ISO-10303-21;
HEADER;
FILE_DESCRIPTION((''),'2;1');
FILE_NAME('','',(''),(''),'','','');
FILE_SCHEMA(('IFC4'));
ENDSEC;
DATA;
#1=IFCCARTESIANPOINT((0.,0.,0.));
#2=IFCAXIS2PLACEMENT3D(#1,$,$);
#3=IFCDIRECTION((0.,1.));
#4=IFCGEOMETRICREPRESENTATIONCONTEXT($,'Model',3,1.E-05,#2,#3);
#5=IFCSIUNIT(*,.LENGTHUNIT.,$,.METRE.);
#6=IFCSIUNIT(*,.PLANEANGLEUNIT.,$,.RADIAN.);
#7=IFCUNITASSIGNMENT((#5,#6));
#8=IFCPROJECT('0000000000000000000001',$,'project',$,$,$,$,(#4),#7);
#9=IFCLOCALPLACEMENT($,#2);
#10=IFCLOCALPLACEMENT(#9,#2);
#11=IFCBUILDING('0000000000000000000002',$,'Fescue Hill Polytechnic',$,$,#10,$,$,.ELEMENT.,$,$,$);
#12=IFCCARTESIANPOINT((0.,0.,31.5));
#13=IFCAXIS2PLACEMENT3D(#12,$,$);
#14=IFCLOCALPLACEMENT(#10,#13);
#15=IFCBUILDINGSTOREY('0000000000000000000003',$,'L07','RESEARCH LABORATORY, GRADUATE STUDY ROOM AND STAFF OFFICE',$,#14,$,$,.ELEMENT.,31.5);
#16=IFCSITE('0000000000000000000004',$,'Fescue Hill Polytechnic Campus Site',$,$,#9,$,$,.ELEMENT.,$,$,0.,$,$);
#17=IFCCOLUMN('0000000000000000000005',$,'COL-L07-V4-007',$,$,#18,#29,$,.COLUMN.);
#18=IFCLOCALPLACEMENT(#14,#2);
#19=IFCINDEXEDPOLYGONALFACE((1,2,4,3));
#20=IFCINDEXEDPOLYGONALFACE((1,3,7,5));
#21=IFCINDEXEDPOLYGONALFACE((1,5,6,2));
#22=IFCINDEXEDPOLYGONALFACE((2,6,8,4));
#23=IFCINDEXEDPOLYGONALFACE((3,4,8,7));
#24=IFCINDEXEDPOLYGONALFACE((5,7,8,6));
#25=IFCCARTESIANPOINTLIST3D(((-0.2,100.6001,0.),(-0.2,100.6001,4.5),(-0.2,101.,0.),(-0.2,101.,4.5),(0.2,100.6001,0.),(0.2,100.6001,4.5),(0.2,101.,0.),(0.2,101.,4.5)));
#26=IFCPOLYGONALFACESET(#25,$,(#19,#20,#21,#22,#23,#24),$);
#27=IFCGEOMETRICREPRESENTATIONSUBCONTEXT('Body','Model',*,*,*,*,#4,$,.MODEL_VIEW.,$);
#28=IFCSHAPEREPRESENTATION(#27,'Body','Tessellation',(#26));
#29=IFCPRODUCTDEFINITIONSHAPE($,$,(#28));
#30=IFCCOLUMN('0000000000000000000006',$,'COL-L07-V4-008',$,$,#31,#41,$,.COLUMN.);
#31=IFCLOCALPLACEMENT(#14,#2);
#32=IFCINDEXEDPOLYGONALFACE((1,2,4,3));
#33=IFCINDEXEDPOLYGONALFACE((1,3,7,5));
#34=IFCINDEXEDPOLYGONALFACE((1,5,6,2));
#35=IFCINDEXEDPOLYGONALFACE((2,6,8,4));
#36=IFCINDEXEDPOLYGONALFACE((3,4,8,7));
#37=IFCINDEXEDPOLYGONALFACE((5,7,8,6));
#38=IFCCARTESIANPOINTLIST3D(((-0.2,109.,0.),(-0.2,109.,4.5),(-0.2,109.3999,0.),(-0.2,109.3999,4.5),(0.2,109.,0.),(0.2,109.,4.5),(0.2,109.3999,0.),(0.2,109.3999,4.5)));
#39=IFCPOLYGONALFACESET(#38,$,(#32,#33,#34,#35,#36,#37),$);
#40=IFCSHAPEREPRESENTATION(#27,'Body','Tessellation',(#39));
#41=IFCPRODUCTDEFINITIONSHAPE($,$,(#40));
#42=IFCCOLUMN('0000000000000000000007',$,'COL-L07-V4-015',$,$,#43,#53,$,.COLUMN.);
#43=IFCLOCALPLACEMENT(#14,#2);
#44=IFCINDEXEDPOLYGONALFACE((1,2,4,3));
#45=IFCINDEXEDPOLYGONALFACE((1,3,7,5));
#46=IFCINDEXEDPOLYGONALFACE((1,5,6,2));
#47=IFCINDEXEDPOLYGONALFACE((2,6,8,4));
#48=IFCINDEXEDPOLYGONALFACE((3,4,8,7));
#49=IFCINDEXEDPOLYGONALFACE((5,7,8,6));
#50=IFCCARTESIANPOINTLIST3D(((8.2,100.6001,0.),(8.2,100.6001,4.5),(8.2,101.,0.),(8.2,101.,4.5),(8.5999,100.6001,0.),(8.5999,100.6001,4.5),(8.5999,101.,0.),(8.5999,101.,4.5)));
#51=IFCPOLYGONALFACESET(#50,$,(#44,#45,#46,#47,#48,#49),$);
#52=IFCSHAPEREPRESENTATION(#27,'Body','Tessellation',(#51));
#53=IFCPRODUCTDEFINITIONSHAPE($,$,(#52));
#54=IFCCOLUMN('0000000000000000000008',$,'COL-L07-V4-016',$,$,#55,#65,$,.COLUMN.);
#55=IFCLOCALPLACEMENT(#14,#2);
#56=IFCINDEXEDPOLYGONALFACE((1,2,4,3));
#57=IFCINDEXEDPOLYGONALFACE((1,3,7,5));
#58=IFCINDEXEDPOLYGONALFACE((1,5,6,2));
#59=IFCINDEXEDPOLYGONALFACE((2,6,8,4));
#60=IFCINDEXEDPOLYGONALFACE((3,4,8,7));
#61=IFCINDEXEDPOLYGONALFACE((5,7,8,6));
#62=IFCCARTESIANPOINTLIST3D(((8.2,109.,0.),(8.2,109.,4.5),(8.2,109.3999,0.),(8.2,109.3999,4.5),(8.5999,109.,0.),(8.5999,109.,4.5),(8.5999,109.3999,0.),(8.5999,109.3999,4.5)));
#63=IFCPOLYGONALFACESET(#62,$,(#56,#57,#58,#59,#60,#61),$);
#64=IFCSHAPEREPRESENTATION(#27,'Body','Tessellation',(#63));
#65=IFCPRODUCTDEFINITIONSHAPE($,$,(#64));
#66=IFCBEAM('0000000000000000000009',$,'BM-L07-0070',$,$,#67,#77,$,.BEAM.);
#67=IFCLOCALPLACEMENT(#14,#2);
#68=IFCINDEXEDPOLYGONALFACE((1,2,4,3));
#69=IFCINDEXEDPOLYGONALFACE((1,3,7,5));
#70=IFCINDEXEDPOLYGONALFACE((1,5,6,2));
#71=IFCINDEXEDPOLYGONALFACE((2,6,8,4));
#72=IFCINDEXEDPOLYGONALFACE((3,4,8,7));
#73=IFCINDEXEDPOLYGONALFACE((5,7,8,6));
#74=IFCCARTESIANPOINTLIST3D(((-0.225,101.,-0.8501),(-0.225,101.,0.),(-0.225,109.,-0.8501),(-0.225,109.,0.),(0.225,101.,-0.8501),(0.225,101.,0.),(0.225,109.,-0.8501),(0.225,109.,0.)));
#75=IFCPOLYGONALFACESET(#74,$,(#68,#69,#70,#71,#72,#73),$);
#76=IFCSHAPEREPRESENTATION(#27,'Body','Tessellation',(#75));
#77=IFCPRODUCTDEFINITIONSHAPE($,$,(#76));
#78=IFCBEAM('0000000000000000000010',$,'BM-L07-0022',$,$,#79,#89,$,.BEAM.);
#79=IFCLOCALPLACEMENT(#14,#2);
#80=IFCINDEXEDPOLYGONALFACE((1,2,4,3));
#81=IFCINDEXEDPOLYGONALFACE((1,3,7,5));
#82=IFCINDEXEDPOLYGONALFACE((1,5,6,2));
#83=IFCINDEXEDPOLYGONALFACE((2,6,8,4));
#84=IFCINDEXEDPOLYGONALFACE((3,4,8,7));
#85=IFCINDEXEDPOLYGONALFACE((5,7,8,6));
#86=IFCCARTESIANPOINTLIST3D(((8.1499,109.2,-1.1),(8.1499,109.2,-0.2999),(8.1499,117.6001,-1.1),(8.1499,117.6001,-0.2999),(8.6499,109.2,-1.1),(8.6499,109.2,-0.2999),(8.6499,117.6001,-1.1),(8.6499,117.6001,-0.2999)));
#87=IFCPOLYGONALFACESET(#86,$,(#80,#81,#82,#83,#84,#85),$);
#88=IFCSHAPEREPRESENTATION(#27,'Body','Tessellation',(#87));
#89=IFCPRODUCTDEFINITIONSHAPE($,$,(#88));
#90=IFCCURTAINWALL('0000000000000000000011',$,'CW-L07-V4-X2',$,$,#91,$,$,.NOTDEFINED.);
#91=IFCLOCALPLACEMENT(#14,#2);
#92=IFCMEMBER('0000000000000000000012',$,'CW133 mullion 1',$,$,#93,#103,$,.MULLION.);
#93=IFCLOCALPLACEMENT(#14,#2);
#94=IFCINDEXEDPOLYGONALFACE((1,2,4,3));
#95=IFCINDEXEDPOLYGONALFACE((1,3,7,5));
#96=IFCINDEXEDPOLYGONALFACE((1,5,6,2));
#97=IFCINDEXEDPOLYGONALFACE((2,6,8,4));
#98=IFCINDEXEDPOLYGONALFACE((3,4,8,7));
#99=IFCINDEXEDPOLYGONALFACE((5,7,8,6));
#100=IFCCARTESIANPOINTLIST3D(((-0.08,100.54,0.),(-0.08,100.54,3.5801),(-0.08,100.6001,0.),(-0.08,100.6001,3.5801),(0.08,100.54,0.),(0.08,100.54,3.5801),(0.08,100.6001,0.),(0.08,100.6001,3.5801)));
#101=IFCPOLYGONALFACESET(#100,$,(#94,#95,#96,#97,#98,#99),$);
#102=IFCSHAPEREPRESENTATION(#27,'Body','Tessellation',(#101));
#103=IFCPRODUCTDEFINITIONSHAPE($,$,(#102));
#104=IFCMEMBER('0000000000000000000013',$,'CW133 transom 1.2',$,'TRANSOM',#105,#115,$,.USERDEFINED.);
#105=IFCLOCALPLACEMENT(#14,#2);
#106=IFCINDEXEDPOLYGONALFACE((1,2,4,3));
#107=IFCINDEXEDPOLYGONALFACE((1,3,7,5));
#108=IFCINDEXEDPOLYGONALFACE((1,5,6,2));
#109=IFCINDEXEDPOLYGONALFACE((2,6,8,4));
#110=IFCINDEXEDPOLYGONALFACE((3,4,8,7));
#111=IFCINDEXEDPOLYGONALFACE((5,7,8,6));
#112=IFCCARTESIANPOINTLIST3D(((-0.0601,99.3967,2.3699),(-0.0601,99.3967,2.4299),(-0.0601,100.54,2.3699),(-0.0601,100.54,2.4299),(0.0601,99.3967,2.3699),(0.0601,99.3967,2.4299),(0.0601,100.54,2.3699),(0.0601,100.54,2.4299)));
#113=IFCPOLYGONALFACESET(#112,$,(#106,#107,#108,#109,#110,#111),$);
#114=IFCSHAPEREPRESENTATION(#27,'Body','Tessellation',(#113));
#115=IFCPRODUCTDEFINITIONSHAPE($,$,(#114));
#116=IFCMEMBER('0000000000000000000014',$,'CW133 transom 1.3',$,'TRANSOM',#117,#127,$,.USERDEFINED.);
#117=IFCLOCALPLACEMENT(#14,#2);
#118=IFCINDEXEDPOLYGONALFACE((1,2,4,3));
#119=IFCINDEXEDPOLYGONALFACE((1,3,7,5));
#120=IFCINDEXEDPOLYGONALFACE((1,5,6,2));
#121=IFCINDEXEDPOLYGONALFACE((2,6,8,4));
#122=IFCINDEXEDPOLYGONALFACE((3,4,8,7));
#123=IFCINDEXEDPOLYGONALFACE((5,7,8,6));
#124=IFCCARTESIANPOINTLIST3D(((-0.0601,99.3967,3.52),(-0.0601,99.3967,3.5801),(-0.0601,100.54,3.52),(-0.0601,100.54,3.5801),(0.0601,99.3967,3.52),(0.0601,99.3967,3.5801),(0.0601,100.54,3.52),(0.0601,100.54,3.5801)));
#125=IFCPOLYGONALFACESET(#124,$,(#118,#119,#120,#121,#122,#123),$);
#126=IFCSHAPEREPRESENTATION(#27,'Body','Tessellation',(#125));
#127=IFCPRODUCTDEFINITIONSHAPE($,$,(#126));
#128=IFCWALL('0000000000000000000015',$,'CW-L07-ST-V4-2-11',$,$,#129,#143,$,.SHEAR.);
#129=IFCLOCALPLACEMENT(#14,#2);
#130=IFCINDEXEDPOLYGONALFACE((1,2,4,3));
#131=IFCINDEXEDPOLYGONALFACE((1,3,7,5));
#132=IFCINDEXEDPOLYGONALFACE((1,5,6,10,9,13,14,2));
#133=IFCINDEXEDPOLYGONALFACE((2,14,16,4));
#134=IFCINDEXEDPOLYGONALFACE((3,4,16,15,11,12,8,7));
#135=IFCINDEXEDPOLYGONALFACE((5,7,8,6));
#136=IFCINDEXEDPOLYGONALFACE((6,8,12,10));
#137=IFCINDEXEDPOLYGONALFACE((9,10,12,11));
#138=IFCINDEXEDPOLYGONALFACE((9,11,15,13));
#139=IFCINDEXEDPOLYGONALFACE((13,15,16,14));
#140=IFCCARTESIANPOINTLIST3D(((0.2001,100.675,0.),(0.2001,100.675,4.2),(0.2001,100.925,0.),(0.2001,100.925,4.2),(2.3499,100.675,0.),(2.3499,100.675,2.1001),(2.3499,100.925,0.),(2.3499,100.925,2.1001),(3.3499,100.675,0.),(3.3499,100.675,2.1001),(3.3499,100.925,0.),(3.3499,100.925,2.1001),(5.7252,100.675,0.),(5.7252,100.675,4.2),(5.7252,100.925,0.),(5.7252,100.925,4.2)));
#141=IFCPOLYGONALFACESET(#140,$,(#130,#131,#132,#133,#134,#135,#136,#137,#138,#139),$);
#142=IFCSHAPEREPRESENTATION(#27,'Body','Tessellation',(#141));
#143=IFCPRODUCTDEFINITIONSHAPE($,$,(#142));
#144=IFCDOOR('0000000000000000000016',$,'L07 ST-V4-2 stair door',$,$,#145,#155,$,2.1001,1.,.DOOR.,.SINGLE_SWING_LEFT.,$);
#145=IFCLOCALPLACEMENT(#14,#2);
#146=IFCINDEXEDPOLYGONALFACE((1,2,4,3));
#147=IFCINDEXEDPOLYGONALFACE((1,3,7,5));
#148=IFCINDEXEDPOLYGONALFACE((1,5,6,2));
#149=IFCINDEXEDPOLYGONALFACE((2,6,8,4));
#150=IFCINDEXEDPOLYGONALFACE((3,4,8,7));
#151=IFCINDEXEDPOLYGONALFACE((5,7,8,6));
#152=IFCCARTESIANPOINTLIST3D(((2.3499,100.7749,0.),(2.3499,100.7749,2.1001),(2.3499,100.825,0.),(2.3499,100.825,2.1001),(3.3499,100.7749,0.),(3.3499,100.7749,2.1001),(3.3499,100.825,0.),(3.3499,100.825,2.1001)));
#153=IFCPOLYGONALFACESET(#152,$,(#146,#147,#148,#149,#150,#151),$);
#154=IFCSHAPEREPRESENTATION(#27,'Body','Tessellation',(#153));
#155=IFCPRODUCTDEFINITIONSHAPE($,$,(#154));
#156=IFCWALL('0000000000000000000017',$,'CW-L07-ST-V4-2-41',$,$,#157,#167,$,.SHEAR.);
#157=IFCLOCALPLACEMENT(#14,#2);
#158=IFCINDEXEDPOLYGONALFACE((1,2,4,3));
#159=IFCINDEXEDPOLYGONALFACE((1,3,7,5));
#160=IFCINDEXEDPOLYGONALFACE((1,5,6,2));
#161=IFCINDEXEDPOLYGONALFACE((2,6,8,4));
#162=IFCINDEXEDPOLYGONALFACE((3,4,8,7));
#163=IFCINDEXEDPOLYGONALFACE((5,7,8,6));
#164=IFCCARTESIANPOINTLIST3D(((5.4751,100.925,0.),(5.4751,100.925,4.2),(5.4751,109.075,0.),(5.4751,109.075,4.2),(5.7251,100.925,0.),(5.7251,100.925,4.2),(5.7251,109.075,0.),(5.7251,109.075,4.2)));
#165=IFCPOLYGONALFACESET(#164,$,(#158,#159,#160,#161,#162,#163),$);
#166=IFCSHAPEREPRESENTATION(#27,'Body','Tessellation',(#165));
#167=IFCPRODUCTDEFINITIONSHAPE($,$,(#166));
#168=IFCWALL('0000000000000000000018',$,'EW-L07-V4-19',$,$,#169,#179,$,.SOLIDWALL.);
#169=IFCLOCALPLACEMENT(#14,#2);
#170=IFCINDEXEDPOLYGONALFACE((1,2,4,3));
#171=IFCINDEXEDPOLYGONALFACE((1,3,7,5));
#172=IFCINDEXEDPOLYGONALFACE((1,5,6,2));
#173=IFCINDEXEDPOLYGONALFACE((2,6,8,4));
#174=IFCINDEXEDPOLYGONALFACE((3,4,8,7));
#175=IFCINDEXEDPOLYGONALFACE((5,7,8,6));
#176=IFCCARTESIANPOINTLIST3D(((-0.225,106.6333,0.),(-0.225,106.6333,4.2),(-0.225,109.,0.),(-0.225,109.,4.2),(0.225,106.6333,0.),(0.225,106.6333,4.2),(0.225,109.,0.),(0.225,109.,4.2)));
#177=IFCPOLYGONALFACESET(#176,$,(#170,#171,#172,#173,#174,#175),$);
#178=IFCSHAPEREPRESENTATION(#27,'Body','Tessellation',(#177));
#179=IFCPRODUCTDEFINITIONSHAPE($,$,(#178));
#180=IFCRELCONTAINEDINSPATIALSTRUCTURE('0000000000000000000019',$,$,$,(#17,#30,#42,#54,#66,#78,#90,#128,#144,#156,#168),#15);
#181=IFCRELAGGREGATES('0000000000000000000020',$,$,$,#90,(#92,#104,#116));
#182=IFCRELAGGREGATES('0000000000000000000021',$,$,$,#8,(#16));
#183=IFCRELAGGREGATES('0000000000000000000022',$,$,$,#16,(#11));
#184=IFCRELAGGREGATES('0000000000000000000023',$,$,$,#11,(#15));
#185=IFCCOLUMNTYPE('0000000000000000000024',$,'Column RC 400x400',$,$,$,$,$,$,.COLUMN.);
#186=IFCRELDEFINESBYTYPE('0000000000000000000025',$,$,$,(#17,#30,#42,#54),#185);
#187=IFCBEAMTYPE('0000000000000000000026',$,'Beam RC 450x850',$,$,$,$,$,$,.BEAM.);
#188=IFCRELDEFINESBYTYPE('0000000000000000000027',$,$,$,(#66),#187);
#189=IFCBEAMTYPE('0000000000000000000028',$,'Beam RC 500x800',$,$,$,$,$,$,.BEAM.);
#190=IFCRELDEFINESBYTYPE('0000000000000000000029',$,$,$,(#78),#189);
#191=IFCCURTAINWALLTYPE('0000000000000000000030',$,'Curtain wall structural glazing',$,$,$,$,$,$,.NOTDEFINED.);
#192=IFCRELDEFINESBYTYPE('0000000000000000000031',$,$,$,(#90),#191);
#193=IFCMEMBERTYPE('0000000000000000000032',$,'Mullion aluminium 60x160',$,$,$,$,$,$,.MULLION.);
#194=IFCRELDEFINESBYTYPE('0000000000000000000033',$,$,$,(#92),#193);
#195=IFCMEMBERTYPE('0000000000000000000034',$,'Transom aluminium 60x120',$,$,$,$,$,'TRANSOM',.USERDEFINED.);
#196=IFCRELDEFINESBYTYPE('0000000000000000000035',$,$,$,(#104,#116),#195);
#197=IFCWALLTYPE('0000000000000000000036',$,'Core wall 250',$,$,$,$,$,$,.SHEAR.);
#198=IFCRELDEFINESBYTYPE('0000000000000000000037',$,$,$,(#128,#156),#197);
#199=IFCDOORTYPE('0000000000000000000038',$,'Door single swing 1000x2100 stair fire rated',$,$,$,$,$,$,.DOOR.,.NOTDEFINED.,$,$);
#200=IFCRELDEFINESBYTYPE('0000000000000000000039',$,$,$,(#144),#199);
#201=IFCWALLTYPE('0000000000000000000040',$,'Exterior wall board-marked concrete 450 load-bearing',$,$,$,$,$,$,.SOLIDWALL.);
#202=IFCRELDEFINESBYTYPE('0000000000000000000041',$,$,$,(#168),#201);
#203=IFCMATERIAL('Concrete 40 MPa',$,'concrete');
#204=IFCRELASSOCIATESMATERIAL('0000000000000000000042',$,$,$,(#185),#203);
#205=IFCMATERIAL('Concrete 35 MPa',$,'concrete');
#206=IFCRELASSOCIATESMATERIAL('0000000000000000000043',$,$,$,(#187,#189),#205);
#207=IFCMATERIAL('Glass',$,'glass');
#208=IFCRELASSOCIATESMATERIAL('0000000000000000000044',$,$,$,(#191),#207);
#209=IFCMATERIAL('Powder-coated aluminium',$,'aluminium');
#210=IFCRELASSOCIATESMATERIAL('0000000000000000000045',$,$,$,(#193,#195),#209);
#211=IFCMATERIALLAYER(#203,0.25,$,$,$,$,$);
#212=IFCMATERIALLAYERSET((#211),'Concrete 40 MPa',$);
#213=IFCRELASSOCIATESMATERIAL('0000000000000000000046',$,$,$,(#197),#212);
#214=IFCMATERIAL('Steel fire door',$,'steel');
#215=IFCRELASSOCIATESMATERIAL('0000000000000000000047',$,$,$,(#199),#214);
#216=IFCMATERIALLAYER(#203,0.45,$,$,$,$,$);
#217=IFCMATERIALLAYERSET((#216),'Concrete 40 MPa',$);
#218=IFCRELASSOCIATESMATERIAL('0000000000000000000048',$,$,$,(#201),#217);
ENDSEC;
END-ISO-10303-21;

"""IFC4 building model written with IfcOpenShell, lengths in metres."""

from ifc_helpers import new_model, si_unit, direction, frame, frame_2d, origin, origin_2d, place, context, subcontext, project, spatial, rectangle, extrude, material, layer, layer_set, material_profile, profile_set, type_object, element, fill, aggregate, save


model = new_model("IFC4")

# Units and contexts
model_context = context("Model", 3, precision=1e-05, world=origin(), true_north=direction((0.0, 1.0)))
body_context = subcontext(model_context, "Body", "Model", "MODEL_VIEW")
ifc_project = project(units=[si_unit("LENGTHUNIT", "METRE"), si_unit("PLANEANGLEUNIT", "RADIAN")], contexts=[model_context])

# Site, building, storey
site_placement = place(None, origin())
site = spatial("IfcSite", under=ifc_project, at=site_placement, Name="Fescue Hill Polytechnic Campus Site", CompositionType="ELEMENT", RefElevation=0.0)
building_placement = place(site_placement, origin())
building = spatial("IfcBuilding", under=site, at=building_placement, Name="Fescue Hill Polytechnic", CompositionType="ELEMENT")
storey_placement = place(building_placement, frame((0.0, 0.0, 31.5)))
storey = spatial("IfcBuildingStorey", under=building, at=storey_placement, Name="L07", Description="RESEARCH LABORATORY, GRADUATE STUDY ROOM AND STAFF OFFICE", CompositionType="ELEMENT", Elevation=31.5)

# Columns
ifc_material_1 = material(Name="Concrete 40 MPa", Category="concrete")
ifc_material_profile_1 = material_profile(ifc_material_1, rectangle(XDim=0.3999, YDim=0.3999, at=origin_2d()), Name="RC 400x400")
ifc_profile_set_1 = profile_set([ifc_material_profile_1], Name="Concrete 40 MPa")
column_type = type_object("IfcColumnType", Name="Column RC 400x400", PredefinedType="COLUMN", material=ifc_profile_set_1)
for number, where, z_axis, x_axis, name in (
    (1, (0.0, 100.8, 0.0), (0.0, 0.0, 1.0), (1.0, 0.0, 0.0), "COL-L07-V4-007"),
    (2, (0.0, 109.2, 0.0), (0.0, 0.0, 1.0), (1.0, 0.0, 0.0), "COL-L07-V4-008"),
    (3, (8.3999, 100.8, 0.0), (0.0, 0.0, 1.0), (1.0, 0.0, 0.0), "COL-L07-V4-015"),
    (4, (8.3999, 109.2, 0.0), (0.0, 0.0, 1.0), (1.0, 0.0, 0.0), "COL-L07-V4-016"),
):
    element("IfcColumn", number, at=place(storey_placement, frame(where, z_axis=z_axis, x_axis=x_axis)), inside=storey, type_object=column_type, Name=name, PredefinedType="COLUMN", context=body_context, shape_type="SweptSolid", body=[
        extrude(rectangle(XDim=0.3999, YDim=0.3999, at=origin_2d()), origin(), (0.0, 0.0, 1.0), 4.5),
    ])

# Beams
ifc_material_2 = material(Name="Concrete 35 MPa", Category="concrete")
ifc_material_profile_2 = material_profile(ifc_material_2, rectangle(XDim=0.45, YDim=0.8501, at=origin_2d()), Name="RC 450x850")
ifc_profile_set_2 = profile_set([ifc_material_profile_2], Name="Concrete 35 MPa")
beam_type_1 = type_object("IfcBeamType", Name="Beam RC 450x850", PredefinedType="BEAM", material=ifc_profile_set_2)
beam_1_placement = place(storey_placement, frame((0.0, 101.0, -0.425), z_axis=(0.0, 1.0, 0.0), x_axis=(-1.0, 0.0, 0.0)))
element("IfcBeam", 5, at=beam_1_placement, inside=storey, type_object=beam_type_1, Name="BM-L07-0070", PredefinedType="BEAM", context=body_context, shape_type="SweptSolid", body=[
    extrude(rectangle(XDim=0.45, YDim=0.8501, at=origin_2d()), origin(), (0.0, 0.0, 1.0), 8.0),
])
ifc_material_profile_3 = material_profile(ifc_material_2, rectangle(XDim=0.5, YDim=0.8, at=origin_2d()), Name="RC 500x800")
ifc_profile_set_3 = profile_set([ifc_material_profile_3], Name="Concrete 35 MPa")
beam_type_2 = type_object("IfcBeamType", Name="Beam RC 500x800", PredefinedType="BEAM", material=ifc_profile_set_3)
beam_2_placement = place(storey_placement, frame((8.3999, 109.2, -0.7), z_axis=(0.0, 1.0, 0.0), x_axis=(-1.0, 0.0, 0.0)))
element("IfcBeam", 6, at=beam_2_placement, inside=storey, type_object=beam_type_2, Name="BM-L07-0022", PredefinedType="BEAM", context=body_context, shape_type="SweptSolid", body=[
    extrude(rectangle(XDim=0.5, YDim=0.8, at=origin_2d()), origin(), (0.0, 0.0, 1.0), 8.4001),
])

# Curtain wall, members
ifc_material_3 = material(Name="Glass", Category="glass")
curtain_wall_type = type_object("IfcCurtainWallType", Name="Curtain wall structural glazing", PredefinedType="NOTDEFINED", material=ifc_material_3)
curtain_wall_placement = place(storey_placement, origin())
curtain_wall = element("IfcCurtainWall", 7, at=curtain_wall_placement, inside=storey, type_object=curtain_wall_type, Name="CW-L07-V4-X2", PredefinedType="NOTDEFINED")
ifc_material_4 = material(Name="Powder-coated aluminium", Category="aluminium")
ifc_material_profile_4 = material_profile(ifc_material_4, rectangle(XDim=0.1599, YDim=0.0601, at=origin_2d()), Name="Mullion aluminium 60x160")
ifc_profile_set_4 = profile_set([ifc_material_profile_4], Name="Powder-coated aluminium")
member_type_1 = type_object("IfcMemberType", Name="Mullion aluminium 60x160", PredefinedType="MULLION", material=ifc_profile_set_4)
member_1_placement = place(storey_placement, frame((0.0, 100.5701, 0.0), z_axis=(0.0, 0.0, 1.0), x_axis=(1.0, 0.0, 0.0)))
member_1 = element("IfcMember", 8, at=member_1_placement, type_object=member_type_1, Name="CW133 mullion 1", PredefinedType="MULLION", context=body_context, shape_type="SweptSolid", body=[
    extrude(rectangle(XDim=0.1599, YDim=0.0601, at=origin_2d()), origin(), (0.0, 0.0, 1.0), 3.5801),
])
ifc_material_profile_5 = material_profile(ifc_material_4, rectangle(XDim=0.1201, YDim=0.0601, at=origin_2d()), Name="Transom aluminium 60x120")
ifc_profile_set_5 = profile_set([ifc_material_profile_5], Name="Powder-coated aluminium")
member_type_2 = type_object("IfcMemberType", Name="Transom aluminium 60x120", ElementType="TRANSOM", PredefinedType="USERDEFINED", material=ifc_profile_set_5)
member_2_placement = place(storey_placement, frame((0.0, 100.54, 2.3999), z_axis=(0.0, -1.0, 0.0), x_axis=(1.0, 0.0, 0.0)))
member_2 = element("IfcMember", 9, at=member_2_placement, type_object=member_type_2, Name="CW133 transom 1.2", ObjectType="TRANSOM", PredefinedType="USERDEFINED", context=body_context, shape_type="SweptSolid", body=[
    extrude(rectangle(XDim=0.1201, YDim=0.0601, at=origin_2d()), origin(), (0.0, 0.0, 1.0), 1.1433),
])
member_3_placement = place(storey_placement, frame((0.0, 100.54, 3.55), z_axis=(0.0, -1.0, 0.0), x_axis=(1.0, 0.0, 0.0)))
member_3 = element("IfcMember", 10, at=member_3_placement, type_object=member_type_2, Name="CW133 transom 1.3", ObjectType="TRANSOM", PredefinedType="USERDEFINED", context=body_context, shape_type="SweptSolid", body=[
    extrude(rectangle(XDim=0.1201, YDim=0.0601, at=origin_2d()), origin(), (0.0, 0.0, 1.0), 1.1433),
])
aggregate(curtain_wall, [member_1, member_2, member_3])

# Wall, opening, door
ifc_layer_1 = layer(ifc_material_1, 0.25)
ifc_layer_set_1 = layer_set([ifc_layer_1], Name="Concrete 40 MPa")
wall_type_1 = type_object("IfcWallType", Name="Core wall 250", PredefinedType="SHEAR", material=ifc_layer_set_1)
wall_1_placement = place(storey_placement, frame((0.2, 100.8, 0.0), z_axis=(0.0, 0.0, 1.0), x_axis=(1.0, 0.0, 0.0)))
wall_1 = element("IfcWall", 11, at=wall_1_placement, inside=storey, type_object=wall_type_1, Name="CW-L07-ST-V4-2-11", PredefinedType="SHEAR", context=body_context, shape_type="SweptSolid", body=[
    extrude(rectangle(XDim=5.5251, YDim=0.25, at=frame_2d((2.7627, 0.0))), origin(), (0.0, 0.0, 1.0), 4.2),
])
opening_1_placement = place(wall_1_placement, frame((2.1499, 0.0, 0.0)))
opening_1 = element("IfcOpeningElement", 12, at=opening_1_placement, cuts=wall_1, PredefinedType="OPENING", context=body_context, shape_type="SweptSolid", body=[
    extrude(rectangle(XDim=1.0, YDim=2.1001, at=frame_2d((0.5, 1.05))), frame((0.0, 0.135, 0.0), z_axis=(0.0, -1.0, 0.0), x_axis=(1.0, 0.0, 0.0)), (0.0, 0.0, 1.0), 0.27),
])
ifc_material_5 = material(Name="Steel fire door", Category="steel")
door_type_1 = type_object("IfcDoorType", Name="Door single swing 1000x2100 stair fire rated", OperationType="NOTDEFINED", PredefinedType="DOOR", material=ifc_material_5)
door_1_placement = place(opening_1_placement, origin())
door_1 = element("IfcDoor", 13, at=door_1_placement, inside=storey, type_object=door_type_1, Name="L07 ST-V4-2 stair door", OperationType="SINGLE_SWING_LEFT", OverallHeight=2.1001, OverallWidth=1.0, PredefinedType="DOOR", context=body_context, shape_type="SweptSolid", body=[
    extrude(rectangle(XDim=1.0, YDim=2.1001, at=frame_2d((0.5, 1.05))), frame((0.0, 0.0249, 0.0), z_axis=(0.0, -1.0, 0.0), x_axis=(1.0, 0.0, 0.0)), (0.0, 0.0, 1.0), 0.05),
])
fill(opening_1, door_1)

# Walls
wall_2_placement = place(storey_placement, frame((5.6001, 100.925, 0.0), z_axis=(0.0, 0.0, 1.0), x_axis=(0.0, 1.0, 0.0)))
element("IfcWall", 14, at=wall_2_placement, inside=storey, type_object=wall_type_1, Name="CW-L07-ST-V4-2-41", PredefinedType="SHEAR", context=body_context, shape_type="SweptSolid", body=[
    extrude(rectangle(XDim=8.1499, YDim=0.25, at=frame_2d((4.075, 0.0))), origin(), (0.0, 0.0, 1.0), 4.2),
])
ifc_layer_2 = layer(ifc_material_1, 0.45)
ifc_layer_set_2 = layer_set([ifc_layer_2], Name="Concrete 40 MPa")
wall_type_2 = type_object("IfcWallType", Name="Exterior wall board-marked concrete 450 load-bearing", PredefinedType="SOLIDWALL", material=ifc_layer_set_2)
wall_3_placement = place(storey_placement, frame((0.0, 109.0, 0.0), z_axis=(0.0, 0.0, 1.0), x_axis=(0.0, -1.0, 0.0)))
element("IfcWall", 15, at=wall_3_placement, inside=storey, type_object=wall_type_2, Name="EW-L07-V4-19", PredefinedType="SOLIDWALL", context=body_context, shape_type="SweptSolid", body=[
    extrude(rectangle(XDim=2.3667, YDim=0.45, at=frame_2d((1.1833, 0.0))), origin(), (0.0, 0.0, 1.0), 4.2),
])

save(model, "model.ifc")
